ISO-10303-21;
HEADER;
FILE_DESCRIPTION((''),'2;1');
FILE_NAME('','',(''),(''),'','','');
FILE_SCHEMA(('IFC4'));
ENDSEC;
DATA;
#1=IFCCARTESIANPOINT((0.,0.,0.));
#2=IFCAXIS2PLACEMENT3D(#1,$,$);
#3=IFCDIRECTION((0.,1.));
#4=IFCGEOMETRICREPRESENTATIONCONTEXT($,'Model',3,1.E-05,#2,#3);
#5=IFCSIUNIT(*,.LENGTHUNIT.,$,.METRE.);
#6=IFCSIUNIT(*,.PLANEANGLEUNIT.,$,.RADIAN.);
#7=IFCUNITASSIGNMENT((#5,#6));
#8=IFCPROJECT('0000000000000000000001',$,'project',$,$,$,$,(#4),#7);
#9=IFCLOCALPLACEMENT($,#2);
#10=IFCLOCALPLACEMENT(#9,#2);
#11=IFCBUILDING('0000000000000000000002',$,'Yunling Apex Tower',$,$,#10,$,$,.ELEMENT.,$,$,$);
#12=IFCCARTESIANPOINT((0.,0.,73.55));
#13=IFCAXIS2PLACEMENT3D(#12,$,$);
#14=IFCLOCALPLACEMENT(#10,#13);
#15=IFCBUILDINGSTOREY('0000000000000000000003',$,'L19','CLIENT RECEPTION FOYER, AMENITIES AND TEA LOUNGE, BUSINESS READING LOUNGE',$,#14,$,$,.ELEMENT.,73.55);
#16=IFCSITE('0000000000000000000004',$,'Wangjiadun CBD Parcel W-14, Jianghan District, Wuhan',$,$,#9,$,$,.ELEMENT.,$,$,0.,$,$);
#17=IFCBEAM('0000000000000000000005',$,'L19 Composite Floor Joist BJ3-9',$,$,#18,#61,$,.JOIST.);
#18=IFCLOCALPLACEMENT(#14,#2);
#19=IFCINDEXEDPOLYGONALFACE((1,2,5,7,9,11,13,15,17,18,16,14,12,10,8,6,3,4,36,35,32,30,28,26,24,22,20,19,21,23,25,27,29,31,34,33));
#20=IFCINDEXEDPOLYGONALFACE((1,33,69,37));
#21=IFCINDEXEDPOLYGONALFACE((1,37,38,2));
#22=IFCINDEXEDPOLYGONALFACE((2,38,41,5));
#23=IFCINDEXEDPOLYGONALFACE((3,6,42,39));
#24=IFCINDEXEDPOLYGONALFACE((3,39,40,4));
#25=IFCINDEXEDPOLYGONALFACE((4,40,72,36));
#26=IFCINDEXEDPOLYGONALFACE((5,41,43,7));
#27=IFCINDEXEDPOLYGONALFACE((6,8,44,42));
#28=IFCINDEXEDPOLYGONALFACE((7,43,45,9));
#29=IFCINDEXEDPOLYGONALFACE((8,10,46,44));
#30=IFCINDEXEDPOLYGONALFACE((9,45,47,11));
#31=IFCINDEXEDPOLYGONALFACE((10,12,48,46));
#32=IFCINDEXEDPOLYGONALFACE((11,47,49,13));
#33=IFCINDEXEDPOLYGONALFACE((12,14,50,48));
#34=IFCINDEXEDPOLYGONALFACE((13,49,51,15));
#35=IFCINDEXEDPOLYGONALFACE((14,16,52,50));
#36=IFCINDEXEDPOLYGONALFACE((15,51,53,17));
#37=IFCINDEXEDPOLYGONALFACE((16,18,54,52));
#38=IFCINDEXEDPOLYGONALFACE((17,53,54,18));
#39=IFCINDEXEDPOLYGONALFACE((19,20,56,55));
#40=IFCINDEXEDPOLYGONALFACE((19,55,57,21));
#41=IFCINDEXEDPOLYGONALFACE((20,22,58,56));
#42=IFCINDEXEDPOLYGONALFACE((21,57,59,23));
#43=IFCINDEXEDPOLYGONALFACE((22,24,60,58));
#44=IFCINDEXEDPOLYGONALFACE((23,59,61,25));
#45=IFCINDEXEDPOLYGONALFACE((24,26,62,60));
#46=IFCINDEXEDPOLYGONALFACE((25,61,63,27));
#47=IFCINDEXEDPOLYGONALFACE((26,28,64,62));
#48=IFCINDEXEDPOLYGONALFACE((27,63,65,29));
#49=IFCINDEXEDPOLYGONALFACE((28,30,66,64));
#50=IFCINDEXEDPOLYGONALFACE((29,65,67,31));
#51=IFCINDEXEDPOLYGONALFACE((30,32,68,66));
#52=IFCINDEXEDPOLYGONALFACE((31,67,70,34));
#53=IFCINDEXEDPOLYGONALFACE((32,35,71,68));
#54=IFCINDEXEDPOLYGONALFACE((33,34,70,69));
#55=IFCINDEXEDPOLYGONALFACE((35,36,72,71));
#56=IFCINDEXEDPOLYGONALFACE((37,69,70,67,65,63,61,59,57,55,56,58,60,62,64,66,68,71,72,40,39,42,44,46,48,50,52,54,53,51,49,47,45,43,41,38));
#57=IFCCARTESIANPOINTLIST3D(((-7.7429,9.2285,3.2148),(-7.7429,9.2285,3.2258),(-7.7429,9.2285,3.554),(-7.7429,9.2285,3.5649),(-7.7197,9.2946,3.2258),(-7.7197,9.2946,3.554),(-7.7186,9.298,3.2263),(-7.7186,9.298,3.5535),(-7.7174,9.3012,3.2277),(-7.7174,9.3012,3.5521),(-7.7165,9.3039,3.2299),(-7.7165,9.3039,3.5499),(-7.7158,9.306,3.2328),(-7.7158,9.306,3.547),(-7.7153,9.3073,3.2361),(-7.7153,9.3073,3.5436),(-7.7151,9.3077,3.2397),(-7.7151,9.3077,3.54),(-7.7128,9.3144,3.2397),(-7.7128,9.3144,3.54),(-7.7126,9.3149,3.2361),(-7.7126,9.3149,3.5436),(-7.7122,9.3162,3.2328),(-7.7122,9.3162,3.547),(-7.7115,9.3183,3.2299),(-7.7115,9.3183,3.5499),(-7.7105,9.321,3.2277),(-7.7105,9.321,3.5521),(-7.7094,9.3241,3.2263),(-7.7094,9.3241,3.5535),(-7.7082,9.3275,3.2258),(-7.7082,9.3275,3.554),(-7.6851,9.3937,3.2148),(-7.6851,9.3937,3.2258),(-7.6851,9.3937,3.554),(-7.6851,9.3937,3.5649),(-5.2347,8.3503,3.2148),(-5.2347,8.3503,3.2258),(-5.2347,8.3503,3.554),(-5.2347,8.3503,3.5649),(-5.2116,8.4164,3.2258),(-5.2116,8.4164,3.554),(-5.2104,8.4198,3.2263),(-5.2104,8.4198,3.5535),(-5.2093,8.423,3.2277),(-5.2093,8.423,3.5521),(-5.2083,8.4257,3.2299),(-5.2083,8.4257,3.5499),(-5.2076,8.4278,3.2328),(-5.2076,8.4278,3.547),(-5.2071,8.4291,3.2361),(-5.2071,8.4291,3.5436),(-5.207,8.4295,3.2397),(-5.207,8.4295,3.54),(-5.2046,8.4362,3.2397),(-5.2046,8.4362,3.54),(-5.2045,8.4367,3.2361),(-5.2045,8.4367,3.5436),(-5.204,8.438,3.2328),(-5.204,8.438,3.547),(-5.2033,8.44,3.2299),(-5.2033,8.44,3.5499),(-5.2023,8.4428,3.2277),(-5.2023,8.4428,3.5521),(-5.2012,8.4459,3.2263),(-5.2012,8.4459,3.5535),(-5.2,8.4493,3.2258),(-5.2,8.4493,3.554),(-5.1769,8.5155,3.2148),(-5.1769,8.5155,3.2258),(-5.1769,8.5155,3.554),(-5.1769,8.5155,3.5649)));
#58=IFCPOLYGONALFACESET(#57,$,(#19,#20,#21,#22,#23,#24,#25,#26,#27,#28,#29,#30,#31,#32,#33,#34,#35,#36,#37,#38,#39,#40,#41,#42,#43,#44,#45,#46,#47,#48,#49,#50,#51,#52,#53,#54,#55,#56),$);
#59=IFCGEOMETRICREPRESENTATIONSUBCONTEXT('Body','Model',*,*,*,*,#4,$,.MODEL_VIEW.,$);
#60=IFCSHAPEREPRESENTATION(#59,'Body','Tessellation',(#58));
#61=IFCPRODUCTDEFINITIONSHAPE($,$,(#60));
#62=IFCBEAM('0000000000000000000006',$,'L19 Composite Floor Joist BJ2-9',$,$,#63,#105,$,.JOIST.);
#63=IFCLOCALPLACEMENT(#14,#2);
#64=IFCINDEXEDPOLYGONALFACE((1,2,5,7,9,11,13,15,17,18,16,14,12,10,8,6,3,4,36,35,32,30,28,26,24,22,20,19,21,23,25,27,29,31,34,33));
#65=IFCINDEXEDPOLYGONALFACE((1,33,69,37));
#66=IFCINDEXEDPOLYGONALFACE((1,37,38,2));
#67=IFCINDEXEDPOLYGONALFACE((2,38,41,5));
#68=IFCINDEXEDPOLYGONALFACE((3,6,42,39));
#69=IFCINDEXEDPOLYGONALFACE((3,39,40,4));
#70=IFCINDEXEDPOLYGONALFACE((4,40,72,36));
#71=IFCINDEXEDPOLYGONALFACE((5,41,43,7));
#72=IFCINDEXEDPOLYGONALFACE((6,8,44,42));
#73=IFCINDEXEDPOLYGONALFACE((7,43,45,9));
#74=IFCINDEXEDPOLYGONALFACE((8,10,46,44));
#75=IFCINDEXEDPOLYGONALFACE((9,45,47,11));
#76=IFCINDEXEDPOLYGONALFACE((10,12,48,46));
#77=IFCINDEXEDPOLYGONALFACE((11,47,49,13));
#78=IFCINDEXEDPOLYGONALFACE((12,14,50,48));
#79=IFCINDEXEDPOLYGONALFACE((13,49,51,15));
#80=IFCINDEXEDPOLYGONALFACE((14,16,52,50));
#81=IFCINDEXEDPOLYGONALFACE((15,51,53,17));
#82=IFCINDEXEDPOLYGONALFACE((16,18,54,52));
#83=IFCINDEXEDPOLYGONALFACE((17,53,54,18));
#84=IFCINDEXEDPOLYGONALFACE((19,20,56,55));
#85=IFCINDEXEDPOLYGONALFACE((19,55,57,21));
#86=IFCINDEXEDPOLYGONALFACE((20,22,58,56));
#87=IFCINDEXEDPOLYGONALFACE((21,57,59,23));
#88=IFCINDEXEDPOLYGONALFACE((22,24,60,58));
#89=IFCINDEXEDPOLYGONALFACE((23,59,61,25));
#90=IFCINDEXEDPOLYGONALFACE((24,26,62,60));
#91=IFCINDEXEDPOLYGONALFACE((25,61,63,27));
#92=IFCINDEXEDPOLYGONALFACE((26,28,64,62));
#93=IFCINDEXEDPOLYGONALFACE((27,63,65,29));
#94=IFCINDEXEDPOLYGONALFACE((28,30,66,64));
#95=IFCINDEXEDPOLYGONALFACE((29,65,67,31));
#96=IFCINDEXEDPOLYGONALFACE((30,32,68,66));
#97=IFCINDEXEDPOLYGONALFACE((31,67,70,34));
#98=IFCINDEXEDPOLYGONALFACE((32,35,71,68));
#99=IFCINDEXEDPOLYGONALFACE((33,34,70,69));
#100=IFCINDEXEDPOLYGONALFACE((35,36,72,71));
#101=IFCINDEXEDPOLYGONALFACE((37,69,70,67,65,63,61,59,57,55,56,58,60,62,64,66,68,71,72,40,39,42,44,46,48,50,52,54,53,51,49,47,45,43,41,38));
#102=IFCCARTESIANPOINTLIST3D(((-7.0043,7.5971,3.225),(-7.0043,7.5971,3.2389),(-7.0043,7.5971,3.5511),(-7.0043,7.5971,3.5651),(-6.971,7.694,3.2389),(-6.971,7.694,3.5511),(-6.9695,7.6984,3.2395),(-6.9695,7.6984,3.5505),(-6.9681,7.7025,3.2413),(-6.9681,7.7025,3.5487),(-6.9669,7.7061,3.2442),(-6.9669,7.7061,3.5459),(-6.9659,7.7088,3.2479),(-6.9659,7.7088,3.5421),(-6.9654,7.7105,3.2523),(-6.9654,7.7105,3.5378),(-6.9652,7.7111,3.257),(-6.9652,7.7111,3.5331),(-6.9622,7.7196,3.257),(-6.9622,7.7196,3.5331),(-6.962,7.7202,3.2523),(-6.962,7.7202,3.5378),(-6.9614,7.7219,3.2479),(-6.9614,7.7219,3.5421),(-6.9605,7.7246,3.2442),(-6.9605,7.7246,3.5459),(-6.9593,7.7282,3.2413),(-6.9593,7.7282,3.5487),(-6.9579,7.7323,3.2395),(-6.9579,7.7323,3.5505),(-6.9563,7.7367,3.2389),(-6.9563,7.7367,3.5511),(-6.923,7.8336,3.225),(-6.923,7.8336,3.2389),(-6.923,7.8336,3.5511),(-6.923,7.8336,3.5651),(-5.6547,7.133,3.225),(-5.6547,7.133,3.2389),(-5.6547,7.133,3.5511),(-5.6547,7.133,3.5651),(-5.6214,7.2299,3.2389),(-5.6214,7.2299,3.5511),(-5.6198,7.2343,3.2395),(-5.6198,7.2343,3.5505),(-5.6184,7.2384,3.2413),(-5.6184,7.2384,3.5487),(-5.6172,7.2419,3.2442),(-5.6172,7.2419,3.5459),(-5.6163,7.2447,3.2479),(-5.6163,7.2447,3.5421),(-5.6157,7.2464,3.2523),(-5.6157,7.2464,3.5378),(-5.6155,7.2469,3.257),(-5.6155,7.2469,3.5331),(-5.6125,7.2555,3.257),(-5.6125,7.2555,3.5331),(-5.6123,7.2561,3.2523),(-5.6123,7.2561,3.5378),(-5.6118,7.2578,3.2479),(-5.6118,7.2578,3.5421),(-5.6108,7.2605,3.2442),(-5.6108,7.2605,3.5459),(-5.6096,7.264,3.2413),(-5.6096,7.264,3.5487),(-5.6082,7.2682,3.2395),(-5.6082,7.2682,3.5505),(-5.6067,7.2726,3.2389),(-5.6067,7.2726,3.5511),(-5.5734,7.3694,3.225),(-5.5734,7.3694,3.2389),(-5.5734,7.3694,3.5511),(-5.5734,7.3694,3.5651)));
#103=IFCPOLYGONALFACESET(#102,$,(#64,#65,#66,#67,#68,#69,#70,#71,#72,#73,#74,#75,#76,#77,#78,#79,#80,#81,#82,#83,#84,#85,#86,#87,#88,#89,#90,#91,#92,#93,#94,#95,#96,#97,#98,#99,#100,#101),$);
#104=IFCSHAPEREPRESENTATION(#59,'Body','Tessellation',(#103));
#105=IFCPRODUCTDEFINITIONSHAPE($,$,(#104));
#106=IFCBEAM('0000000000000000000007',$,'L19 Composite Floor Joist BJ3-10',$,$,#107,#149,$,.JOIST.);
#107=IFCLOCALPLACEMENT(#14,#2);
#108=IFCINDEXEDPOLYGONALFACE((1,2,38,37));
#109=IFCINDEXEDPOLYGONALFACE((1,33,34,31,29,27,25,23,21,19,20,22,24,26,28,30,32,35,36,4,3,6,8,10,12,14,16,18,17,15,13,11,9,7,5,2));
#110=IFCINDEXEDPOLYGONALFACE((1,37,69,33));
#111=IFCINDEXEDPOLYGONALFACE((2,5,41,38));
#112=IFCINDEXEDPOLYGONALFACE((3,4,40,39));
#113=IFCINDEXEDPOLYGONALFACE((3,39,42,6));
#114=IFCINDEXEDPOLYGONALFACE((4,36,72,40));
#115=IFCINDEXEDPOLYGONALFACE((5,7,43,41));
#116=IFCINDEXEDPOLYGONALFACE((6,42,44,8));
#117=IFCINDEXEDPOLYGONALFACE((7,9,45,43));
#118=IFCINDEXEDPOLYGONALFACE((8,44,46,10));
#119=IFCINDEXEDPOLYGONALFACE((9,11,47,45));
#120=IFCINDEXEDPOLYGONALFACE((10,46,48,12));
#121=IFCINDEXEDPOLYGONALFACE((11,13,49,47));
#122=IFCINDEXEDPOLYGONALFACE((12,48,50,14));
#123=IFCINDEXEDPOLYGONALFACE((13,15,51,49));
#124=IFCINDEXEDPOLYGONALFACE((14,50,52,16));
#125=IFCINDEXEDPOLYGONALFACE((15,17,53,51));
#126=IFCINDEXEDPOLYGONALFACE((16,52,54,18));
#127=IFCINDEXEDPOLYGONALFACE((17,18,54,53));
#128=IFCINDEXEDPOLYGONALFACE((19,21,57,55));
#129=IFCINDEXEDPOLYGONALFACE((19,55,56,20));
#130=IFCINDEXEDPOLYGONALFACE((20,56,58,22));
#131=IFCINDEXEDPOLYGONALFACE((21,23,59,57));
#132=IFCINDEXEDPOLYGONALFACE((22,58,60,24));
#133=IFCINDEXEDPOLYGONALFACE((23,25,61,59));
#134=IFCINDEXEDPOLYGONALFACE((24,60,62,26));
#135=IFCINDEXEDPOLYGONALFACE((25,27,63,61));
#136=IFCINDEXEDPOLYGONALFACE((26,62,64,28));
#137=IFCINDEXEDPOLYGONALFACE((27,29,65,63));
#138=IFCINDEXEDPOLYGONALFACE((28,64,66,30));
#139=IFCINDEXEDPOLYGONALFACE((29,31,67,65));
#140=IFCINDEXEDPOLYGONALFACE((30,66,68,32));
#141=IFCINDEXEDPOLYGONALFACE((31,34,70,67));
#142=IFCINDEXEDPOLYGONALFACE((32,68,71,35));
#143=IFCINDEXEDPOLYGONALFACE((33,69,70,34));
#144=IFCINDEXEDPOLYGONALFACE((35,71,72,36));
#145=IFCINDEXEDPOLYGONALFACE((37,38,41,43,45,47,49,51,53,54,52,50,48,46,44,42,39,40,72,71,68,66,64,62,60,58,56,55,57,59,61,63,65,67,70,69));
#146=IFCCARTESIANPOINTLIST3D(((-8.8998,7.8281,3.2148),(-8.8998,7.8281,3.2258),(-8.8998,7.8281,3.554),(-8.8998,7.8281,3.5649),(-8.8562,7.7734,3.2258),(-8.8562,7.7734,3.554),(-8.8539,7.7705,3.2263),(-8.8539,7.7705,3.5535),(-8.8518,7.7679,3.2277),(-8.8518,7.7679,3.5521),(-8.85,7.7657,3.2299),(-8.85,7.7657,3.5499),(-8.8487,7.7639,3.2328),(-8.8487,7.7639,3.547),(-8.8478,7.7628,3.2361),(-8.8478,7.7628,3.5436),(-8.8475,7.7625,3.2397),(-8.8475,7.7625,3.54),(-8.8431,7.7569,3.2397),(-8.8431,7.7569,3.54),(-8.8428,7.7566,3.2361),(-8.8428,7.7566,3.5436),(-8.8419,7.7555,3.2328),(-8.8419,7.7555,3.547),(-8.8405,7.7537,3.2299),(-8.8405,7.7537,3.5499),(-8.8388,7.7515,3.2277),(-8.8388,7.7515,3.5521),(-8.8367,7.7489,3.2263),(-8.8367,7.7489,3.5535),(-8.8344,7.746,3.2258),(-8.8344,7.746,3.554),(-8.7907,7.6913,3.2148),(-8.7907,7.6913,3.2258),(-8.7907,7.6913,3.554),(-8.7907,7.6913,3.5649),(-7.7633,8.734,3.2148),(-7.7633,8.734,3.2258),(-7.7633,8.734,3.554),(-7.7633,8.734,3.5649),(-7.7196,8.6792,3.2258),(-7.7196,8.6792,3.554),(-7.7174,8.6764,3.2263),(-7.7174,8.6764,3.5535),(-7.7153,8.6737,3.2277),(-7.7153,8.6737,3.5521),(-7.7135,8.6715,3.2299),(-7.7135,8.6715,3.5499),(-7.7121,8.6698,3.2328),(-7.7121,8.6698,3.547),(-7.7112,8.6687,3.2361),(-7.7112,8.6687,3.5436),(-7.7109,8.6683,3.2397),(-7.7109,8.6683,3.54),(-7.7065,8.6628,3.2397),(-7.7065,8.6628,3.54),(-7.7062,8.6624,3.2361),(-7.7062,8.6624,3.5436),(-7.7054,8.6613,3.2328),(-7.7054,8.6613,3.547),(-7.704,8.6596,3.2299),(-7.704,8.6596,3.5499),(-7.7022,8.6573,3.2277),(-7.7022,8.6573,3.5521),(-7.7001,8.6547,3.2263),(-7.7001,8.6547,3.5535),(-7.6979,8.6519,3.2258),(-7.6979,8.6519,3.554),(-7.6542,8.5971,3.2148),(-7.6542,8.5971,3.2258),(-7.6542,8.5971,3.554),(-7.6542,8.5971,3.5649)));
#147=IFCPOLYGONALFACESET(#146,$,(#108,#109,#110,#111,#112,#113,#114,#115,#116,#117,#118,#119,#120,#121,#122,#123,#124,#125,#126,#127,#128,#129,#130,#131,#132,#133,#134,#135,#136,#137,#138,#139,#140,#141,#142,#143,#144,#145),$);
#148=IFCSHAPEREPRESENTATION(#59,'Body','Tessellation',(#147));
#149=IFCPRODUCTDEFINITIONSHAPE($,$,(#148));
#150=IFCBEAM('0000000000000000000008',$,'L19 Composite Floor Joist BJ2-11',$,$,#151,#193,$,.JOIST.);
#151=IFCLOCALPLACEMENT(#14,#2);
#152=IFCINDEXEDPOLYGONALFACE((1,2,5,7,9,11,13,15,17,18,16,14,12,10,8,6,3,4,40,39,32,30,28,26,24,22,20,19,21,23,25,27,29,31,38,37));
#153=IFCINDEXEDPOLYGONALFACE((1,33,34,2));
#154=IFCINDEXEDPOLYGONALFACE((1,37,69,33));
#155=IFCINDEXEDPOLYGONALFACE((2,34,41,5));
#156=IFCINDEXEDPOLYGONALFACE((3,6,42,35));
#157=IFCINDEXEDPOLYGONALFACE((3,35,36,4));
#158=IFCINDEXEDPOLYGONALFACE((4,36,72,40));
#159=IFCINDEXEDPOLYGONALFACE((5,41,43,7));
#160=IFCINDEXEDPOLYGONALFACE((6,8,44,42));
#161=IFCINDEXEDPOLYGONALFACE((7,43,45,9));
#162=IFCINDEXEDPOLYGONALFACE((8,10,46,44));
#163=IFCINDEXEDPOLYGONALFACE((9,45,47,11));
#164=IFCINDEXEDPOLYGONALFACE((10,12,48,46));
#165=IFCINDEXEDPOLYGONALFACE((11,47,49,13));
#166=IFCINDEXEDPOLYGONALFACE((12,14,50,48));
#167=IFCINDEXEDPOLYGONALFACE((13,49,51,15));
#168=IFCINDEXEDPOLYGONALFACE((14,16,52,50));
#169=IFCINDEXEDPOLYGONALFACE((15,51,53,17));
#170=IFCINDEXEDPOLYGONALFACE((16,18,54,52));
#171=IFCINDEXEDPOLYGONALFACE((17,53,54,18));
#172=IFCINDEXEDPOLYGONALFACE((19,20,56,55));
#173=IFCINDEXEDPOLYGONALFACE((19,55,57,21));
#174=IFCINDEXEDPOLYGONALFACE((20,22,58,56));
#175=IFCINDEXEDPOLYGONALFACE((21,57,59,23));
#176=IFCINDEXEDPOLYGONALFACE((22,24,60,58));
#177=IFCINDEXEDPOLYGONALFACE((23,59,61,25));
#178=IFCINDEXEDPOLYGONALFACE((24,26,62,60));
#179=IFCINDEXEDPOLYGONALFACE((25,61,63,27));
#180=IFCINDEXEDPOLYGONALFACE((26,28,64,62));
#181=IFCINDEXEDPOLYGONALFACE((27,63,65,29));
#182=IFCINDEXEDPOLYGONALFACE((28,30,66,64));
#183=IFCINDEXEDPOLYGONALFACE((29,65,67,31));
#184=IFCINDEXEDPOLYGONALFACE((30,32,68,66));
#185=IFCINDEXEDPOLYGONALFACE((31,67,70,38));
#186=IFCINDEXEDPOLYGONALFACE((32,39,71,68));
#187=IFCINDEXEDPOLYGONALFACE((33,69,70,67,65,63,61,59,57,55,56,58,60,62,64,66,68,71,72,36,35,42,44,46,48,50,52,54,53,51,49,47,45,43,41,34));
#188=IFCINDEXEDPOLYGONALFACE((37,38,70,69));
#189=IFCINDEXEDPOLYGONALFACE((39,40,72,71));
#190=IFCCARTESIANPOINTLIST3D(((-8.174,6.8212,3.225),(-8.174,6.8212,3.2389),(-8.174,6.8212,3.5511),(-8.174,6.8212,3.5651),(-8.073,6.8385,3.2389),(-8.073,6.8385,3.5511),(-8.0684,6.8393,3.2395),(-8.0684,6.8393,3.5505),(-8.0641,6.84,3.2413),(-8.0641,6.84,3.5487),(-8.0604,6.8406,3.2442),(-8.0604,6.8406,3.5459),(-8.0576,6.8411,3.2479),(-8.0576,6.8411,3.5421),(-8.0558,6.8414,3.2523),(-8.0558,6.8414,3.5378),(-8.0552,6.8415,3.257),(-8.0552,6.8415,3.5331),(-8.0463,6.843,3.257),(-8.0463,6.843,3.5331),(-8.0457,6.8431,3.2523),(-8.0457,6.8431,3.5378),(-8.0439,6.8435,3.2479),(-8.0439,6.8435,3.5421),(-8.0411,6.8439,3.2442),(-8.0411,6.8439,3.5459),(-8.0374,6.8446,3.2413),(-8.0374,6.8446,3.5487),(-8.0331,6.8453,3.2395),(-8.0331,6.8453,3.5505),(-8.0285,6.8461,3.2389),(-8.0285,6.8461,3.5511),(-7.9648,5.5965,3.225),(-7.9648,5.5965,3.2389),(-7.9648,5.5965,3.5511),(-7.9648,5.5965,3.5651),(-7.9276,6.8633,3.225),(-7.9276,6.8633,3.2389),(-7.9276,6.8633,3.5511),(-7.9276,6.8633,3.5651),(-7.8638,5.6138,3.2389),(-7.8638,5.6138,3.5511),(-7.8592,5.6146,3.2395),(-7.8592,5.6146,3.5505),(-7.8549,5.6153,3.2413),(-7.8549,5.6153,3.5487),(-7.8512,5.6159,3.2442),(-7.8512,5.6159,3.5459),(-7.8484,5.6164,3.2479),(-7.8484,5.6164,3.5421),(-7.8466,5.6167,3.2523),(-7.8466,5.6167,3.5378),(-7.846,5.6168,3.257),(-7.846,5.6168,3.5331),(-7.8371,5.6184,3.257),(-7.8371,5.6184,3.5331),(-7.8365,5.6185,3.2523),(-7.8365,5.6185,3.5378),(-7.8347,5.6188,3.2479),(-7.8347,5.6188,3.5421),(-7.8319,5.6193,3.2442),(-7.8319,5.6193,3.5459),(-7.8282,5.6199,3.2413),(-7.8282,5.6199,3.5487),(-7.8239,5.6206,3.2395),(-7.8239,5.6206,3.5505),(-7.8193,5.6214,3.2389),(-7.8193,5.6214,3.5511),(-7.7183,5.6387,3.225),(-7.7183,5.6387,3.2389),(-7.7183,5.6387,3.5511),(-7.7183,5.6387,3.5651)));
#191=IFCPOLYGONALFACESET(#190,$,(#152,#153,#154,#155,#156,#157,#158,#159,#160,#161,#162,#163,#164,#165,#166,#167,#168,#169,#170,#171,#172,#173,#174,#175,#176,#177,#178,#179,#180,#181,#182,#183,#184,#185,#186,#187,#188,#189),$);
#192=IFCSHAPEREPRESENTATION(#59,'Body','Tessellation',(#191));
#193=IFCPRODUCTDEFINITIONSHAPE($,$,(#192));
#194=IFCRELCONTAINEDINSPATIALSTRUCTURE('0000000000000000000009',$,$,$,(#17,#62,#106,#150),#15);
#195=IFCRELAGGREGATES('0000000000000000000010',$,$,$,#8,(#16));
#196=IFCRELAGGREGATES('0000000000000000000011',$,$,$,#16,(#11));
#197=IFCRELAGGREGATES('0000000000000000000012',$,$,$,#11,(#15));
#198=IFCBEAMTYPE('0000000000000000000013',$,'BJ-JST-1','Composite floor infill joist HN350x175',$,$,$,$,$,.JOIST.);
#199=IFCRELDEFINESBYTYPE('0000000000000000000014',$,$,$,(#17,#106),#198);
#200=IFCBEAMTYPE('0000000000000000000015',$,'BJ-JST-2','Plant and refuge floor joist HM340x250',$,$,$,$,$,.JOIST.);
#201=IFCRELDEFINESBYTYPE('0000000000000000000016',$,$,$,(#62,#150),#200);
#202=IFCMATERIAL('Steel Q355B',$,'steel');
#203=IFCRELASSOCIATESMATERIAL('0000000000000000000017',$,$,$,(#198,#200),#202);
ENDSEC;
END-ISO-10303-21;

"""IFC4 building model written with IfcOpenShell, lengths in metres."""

from ifc_helpers import new_model, si_unit, direction, frame, origin, origin_2d, place, context, subcontext, project, spatial, i_section, extrude, source, transform, mapped, material, material_profile, profile_set, type_object, element, save


model = new_model("IFC4")

# Units and contexts
model_context = context("Model", 3, precision=1e-05, world=origin(), true_north=direction((0.0, 1.0)))
body_context = subcontext(model_context, "Body", "Model", "MODEL_VIEW")
ifc_project = project(units=[si_unit("LENGTHUNIT", "METRE"), si_unit("PLANEANGLEUNIT", "RADIAN")], contexts=[model_context])

# Site, building, storey
site_placement = place(None, origin())
site = spatial("IfcSite", under=ifc_project, at=site_placement, Name="Wangjiadun CBD Parcel W-14, Jianghan District, Wuhan", CompositionType="ELEMENT", RefElevation=0.0)
building_placement = place(site_placement, origin())
building = spatial("IfcBuilding", under=site, at=building_placement, Name="Yunling Apex Tower", CompositionType="ELEMENT")
storey_placement = place(building_placement, frame((0.0, 0.0, 73.55)))
storey = spatial("IfcBuildingStorey", under=building, at=storey_placement, Name="L19", Description="CLIENT RECEPTION FOYER, AMENITIES AND TEA LOUNGE, BUSINESS READING LOUNGE", CompositionType="ELEMENT", Elevation=73.55)

# Beams
ifc_material_1 = material(Name="Steel Q355B", Category="steel")
ifc_material_profile_1 = material_profile(ifc_material_1, i_section(OverallWidth=0.175, OverallDepth=0.3501, WebThickness=0.0071, FlangeThickness=0.011, FilletRadius=0.0139, at=origin_2d()))
ifc_profile_set_1 = profile_set([ifc_material_profile_1], Name="Steel Q355B")
beam_type_1 = type_object("IfcBeamType", Name="BJ-JST-1", Description="Composite floor infill joist HN350x175", PredefinedType="JOIST", material=ifc_profile_set_1)
shared_shape_1 = source(origin(), body_context, "Body", "SweptSolid", [
    extrude(i_section(OverallWidth=0.175, OverallDepth=0.3501, WebThickness=0.0071, FlangeThickness=0.011, FilletRadius=0.0139, at=origin_2d()), origin(), (0.0, 0.0, 1.0), 2.6575),
])
beam_1_placement = place(storey_placement, frame((-5.2058, 8.4329, 3.3899), z_axis=(-0.943817, 0.330469, 0.0), x_axis=(-0.330469, -0.943817, 0.0)))
element("IfcBeam", 1, at=beam_1_placement, inside=storey, type_object=beam_type_1, Name="L19 Composite Floor Joist BJ3-9", PredefinedType="JOIST", context=body_context, shape_type="MappedRepresentation", body=[
    mapped(shared_shape_1, transform((0.0, 0.0, 0.0), scale=1.0)),
])
ifc_material_profile_2 = material_profile(ifc_material_1, i_section(OverallWidth=0.25, OverallDepth=0.3401, WebThickness=0.009, FlangeThickness=0.0139, FilletRadius=0.0181, at=origin_2d()))
ifc_profile_set_2 = profile_set([ifc_material_profile_2], Name="Steel Q355B")
beam_type_2 = type_object("IfcBeamType", Name="BJ-JST-2", Description="Plant and refuge floor joist HM340x250", PredefinedType="JOIST", material=ifc_profile_set_2)
shared_shape_2 = source(origin(), body_context, "Body", "SweptSolid", [
    extrude(i_section(OverallWidth=0.25, OverallDepth=0.3401, WebThickness=0.009, FlangeThickness=0.0139, FilletRadius=0.0181, at=origin_2d()), origin(), (0.0, 0.0, 1.0), 1.4272),
])
beam_2_placement = place(storey_placement, frame((-5.614, 7.2512, 3.395), z_axis=(-0.945647, 0.325195, 0.0), x_axis=(-0.325195, -0.945647, 0.0)))
element("IfcBeam", 2, at=beam_2_placement, inside=storey, type_object=beam_type_2, Name="L19 Composite Floor Joist BJ2-9", PredefinedType="JOIST", context=body_context, shape_type="MappedRepresentation", body=[
    mapped(shared_shape_2, transform((0.0, 0.0, 0.0), scale=1.0)),
])
shared_shape_3 = source(origin(), body_context, "Body", "SweptSolid", [
    extrude(i_section(OverallWidth=0.175, OverallDepth=0.3501, WebThickness=0.0071, FlangeThickness=0.011, FilletRadius=0.0139, at=origin_2d()), origin(), (0.0, 0.0, 1.0), 1.4534),
])
beam_3_placement = place(storey_placement, frame((-7.7087, 8.6655, 3.3899), z_axis=(-0.782015, -0.62326, 0.0), x_axis=(0.62326, -0.782015, 0.0)))
element("IfcBeam", 3, at=beam_3_placement, inside=storey, type_object=beam_type_1, Name="L19 Composite Floor Joist BJ3-10", PredefinedType="JOIST", context=body_context, shape_type="MappedRepresentation", body=[
    mapped(shared_shape_3, transform((0.0, 0.0, 0.0), scale=1.0)),
])
shared_shape_4 = source(origin(), body_context, "Body", "SweptSolid", [
    extrude(i_section(OverallWidth=0.25, OverallDepth=0.3401, WebThickness=0.009, FlangeThickness=0.0139, FilletRadius=0.0181, at=origin_2d()), origin(), (0.0, 0.0, 1.0), 1.2424),
])
beam_4_placement = place(storey_placement, frame((-8.0508, 6.8423, 3.395), z_axis=(0.168413, -0.985717, 0.0), x_axis=(0.985717, 0.168413, 0.0)))
element("IfcBeam", 4, at=beam_4_placement, inside=storey, type_object=beam_type_2, Name="L19 Composite Floor Joist BJ2-11", PredefinedType="JOIST", context=body_context, shape_type="MappedRepresentation", body=[
    mapped(shared_shape_4, transform((0.0, 0.0, 0.0), scale=1.0)),
])

save(model, "model.ifc")
